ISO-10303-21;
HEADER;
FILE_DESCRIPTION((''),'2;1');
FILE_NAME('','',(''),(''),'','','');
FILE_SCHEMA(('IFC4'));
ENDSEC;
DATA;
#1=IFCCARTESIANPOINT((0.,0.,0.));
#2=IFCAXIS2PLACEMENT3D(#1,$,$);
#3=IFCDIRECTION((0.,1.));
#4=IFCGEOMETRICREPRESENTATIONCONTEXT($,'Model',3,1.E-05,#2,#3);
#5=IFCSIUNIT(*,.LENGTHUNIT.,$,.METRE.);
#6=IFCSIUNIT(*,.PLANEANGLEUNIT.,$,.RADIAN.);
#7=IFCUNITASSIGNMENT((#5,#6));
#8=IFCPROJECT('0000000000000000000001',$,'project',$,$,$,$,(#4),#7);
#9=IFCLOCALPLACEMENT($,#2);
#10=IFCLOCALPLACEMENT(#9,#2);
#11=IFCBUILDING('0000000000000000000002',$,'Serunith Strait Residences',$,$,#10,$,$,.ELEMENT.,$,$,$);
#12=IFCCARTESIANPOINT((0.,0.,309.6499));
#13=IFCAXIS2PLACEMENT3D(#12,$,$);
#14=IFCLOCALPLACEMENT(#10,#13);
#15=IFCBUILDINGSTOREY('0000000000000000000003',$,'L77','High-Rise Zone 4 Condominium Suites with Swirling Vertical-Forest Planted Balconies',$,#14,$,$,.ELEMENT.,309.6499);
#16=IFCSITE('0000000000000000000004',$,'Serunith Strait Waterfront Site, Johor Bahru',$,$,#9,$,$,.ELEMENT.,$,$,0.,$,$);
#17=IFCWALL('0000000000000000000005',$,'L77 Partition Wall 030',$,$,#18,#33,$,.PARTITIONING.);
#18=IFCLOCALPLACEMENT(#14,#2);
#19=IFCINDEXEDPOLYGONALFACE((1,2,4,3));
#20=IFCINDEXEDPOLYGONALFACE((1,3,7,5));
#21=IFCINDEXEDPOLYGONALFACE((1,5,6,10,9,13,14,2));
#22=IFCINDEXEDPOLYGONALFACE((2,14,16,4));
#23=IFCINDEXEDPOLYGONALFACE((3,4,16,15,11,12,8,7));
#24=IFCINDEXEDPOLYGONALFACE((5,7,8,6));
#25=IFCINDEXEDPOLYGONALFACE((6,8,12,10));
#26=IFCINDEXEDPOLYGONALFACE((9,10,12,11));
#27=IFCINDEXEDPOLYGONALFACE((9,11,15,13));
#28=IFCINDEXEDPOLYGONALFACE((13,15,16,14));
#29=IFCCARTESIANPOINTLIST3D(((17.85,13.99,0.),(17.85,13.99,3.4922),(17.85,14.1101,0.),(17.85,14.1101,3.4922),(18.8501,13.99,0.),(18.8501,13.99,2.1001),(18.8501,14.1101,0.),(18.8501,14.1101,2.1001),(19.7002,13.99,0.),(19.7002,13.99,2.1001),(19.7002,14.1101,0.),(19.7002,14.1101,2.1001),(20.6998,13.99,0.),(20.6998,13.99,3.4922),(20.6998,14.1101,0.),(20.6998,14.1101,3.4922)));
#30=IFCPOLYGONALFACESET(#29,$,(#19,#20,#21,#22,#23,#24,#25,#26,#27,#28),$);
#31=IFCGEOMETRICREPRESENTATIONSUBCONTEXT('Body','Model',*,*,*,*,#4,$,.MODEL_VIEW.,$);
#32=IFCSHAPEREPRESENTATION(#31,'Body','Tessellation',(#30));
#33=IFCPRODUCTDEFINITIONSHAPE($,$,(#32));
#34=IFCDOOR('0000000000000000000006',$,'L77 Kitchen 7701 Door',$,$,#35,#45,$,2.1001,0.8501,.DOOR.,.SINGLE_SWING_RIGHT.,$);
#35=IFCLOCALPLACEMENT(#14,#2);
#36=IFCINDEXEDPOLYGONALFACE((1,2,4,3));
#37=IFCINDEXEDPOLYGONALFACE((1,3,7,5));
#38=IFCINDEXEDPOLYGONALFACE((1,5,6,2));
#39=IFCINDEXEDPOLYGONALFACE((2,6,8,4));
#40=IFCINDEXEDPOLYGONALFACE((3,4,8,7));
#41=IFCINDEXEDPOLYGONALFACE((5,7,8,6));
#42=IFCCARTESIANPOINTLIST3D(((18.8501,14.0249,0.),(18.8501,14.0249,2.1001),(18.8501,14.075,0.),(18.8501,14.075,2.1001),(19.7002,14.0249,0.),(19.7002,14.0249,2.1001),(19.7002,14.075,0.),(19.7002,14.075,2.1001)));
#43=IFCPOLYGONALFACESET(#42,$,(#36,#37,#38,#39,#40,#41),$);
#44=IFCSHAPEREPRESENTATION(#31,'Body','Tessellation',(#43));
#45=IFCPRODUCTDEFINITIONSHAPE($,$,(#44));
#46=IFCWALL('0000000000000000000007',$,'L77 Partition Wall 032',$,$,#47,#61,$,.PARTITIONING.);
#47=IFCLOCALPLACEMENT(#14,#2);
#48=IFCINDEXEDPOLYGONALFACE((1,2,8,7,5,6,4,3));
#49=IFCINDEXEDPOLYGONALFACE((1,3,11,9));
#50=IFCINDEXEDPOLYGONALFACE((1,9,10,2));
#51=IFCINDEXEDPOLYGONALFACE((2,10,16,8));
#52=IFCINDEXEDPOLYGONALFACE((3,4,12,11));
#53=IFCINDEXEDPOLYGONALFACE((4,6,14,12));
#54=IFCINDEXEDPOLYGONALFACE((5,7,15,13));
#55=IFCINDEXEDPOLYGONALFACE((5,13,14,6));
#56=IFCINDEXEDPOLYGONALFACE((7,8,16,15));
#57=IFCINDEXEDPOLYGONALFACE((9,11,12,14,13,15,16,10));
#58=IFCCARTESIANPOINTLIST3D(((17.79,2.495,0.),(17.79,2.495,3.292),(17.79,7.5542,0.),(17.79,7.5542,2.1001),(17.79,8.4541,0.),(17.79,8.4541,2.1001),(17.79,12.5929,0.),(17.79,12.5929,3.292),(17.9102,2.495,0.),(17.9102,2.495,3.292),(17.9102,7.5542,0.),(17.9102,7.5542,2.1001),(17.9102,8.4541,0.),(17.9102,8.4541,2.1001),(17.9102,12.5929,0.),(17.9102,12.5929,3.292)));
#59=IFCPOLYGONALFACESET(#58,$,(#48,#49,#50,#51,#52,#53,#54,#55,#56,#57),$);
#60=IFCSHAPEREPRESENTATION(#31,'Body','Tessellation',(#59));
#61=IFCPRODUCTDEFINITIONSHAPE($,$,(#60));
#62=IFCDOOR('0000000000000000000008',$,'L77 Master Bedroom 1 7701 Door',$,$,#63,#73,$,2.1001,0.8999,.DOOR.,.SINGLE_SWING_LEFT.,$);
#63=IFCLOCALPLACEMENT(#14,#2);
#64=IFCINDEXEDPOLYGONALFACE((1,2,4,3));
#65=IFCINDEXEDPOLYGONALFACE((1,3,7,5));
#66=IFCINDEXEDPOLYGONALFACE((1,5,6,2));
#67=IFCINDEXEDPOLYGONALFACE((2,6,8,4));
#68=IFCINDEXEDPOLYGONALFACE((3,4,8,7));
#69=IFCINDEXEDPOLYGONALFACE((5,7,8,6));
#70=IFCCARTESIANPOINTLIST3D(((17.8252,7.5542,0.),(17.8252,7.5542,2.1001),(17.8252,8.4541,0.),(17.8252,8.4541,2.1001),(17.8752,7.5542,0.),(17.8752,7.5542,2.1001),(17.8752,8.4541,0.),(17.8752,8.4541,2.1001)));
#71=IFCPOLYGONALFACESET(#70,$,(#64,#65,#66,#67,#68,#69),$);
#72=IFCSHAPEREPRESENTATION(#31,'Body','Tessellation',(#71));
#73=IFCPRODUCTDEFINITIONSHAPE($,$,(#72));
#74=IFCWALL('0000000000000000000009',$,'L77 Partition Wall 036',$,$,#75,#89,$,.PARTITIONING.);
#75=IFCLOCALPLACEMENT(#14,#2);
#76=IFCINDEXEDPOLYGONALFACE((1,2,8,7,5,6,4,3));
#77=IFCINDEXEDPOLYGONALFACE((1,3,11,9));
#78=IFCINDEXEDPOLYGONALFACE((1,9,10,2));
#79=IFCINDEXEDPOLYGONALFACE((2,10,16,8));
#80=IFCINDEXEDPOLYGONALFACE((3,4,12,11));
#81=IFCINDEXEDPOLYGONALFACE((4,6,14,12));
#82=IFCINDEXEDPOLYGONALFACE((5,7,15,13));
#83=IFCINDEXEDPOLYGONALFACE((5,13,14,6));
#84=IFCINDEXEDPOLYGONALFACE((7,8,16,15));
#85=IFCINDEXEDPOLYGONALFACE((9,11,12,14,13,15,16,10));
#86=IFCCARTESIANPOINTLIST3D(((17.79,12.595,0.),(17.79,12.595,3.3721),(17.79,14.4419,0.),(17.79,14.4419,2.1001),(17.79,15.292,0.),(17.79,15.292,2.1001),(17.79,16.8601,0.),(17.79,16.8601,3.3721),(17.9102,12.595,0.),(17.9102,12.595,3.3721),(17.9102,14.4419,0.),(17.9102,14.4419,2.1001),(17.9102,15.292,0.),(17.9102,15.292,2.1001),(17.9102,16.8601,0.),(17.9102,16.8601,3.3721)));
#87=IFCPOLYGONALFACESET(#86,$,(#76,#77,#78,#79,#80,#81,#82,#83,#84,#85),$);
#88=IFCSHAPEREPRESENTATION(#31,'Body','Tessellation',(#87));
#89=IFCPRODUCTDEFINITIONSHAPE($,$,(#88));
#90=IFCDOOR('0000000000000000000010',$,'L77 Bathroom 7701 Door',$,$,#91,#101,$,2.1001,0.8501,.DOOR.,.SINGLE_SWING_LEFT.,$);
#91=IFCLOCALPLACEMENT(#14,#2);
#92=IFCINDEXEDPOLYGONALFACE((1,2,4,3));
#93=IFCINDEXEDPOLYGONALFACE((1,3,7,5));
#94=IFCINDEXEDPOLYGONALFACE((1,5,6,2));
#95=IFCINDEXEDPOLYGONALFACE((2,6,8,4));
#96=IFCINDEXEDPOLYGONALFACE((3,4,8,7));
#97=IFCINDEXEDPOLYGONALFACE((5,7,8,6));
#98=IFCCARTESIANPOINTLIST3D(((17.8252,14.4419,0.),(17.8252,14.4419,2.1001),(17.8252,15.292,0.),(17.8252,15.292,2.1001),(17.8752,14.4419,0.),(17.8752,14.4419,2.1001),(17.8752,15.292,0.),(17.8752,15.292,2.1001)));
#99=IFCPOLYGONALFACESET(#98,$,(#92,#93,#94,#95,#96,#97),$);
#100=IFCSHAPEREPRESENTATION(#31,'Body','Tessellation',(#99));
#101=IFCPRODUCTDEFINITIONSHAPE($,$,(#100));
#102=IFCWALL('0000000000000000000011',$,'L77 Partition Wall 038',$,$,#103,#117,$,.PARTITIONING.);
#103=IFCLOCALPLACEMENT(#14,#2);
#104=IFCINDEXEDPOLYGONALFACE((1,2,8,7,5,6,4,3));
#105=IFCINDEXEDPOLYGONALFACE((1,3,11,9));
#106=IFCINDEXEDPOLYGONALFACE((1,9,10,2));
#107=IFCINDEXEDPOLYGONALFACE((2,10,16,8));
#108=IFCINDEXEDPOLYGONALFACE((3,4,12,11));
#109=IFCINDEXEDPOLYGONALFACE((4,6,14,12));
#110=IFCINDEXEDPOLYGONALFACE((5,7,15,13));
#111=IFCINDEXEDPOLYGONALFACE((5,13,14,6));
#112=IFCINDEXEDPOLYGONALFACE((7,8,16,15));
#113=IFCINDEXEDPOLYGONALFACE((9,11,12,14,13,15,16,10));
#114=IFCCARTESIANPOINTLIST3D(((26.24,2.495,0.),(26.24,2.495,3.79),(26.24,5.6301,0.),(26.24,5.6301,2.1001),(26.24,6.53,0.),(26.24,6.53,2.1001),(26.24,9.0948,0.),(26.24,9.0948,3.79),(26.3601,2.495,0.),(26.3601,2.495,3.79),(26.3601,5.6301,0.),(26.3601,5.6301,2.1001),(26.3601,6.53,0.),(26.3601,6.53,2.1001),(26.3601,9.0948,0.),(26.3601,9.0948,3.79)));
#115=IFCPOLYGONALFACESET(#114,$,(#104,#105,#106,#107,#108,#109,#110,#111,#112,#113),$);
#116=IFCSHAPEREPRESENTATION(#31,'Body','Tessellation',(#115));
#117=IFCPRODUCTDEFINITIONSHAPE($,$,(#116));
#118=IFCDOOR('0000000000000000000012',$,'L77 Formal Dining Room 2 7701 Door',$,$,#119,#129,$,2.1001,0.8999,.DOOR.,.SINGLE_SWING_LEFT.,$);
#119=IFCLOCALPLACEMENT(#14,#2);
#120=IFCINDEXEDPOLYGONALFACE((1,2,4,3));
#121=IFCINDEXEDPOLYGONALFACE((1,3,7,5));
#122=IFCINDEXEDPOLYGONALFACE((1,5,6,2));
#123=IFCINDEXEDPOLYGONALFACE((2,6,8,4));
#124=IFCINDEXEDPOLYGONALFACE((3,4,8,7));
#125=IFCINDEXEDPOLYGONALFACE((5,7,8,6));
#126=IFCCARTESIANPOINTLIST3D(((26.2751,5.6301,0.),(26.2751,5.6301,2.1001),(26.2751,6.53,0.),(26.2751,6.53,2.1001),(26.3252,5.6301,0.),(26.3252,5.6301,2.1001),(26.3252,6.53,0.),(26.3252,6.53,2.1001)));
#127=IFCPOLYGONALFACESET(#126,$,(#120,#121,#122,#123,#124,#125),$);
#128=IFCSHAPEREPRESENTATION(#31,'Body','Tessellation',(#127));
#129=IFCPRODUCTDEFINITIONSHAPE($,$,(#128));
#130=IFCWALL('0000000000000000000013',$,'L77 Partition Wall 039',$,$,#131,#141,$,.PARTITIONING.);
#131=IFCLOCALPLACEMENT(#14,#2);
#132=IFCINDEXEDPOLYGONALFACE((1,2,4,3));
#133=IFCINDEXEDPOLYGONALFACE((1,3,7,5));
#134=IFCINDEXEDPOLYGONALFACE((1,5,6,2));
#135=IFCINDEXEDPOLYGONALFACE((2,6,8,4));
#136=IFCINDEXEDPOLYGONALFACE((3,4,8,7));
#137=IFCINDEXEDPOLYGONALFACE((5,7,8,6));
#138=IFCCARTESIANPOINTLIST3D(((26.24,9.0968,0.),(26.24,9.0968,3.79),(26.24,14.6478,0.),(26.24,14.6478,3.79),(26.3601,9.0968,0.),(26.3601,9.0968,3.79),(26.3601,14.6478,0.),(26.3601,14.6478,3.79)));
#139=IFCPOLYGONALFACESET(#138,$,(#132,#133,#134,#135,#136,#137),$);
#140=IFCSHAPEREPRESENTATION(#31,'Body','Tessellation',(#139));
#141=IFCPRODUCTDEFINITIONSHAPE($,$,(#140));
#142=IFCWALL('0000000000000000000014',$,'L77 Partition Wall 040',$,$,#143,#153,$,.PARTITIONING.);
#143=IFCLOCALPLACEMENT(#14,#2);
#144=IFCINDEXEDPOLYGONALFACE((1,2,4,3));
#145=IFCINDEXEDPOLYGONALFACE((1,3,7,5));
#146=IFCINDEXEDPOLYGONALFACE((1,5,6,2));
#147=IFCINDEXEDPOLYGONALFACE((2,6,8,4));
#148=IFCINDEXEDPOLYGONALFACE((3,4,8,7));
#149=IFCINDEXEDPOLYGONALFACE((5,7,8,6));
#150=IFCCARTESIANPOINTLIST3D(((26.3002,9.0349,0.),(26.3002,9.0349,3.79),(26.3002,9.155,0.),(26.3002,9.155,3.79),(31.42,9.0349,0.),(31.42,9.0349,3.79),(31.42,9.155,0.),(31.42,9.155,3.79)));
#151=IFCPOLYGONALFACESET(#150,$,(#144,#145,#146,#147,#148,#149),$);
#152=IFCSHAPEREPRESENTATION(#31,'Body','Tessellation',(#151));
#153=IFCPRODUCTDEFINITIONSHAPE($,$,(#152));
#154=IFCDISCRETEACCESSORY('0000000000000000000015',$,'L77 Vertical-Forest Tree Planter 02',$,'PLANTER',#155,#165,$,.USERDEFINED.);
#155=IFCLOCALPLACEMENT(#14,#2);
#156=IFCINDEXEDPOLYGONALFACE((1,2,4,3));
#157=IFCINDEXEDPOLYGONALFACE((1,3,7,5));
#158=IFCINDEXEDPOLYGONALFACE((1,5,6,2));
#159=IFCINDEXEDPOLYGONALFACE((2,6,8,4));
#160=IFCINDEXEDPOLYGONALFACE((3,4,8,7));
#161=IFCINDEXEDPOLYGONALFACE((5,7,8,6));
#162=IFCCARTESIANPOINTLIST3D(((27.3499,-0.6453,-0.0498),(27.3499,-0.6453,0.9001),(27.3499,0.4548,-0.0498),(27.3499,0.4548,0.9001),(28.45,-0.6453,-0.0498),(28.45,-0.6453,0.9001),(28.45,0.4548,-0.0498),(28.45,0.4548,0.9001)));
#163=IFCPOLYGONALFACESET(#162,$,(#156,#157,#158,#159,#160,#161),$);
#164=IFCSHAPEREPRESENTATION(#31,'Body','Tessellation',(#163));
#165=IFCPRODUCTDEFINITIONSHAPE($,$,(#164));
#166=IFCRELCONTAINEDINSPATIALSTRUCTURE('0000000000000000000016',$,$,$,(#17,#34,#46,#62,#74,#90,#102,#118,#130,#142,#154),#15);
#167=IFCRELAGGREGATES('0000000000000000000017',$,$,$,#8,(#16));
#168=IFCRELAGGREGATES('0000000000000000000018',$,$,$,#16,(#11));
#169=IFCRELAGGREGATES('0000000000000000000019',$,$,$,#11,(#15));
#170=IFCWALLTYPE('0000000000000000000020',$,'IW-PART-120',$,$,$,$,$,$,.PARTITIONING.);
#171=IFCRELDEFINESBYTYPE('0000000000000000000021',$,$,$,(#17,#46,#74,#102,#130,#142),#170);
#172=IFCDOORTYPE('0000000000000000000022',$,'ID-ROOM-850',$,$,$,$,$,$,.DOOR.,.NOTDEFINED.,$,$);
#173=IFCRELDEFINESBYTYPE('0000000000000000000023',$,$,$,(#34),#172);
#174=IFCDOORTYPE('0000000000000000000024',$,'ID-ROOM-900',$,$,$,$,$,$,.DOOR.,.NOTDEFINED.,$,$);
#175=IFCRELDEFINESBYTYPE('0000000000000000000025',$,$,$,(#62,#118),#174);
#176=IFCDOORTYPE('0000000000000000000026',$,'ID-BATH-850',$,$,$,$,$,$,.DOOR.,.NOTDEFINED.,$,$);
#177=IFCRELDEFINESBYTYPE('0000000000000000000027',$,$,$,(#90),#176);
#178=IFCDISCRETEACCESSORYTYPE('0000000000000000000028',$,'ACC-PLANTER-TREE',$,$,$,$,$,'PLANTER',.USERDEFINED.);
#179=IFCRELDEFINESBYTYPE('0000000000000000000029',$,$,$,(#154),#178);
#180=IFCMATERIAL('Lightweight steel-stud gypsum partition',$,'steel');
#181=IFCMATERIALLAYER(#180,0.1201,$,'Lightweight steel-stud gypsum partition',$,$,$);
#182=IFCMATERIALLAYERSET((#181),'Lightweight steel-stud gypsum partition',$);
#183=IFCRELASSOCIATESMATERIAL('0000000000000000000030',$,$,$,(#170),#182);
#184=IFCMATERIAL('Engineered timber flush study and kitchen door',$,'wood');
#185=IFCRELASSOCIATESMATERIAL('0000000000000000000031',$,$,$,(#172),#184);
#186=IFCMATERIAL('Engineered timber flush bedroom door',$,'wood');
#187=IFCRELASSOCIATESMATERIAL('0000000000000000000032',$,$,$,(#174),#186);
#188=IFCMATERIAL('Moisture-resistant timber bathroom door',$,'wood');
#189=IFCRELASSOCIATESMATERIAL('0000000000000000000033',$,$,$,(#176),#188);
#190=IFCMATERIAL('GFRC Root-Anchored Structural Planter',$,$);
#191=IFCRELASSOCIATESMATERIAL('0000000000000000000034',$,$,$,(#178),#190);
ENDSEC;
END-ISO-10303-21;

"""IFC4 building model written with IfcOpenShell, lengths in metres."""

from ifc_helpers import new_model, si_unit, direction, frame, frame_2d, origin, origin_2d, place, context, subcontext, project, spatial, rectangle, extrude, source, transform, mapped, material, layer, layer_set, type_object, element, fill, save


model = new_model("IFC4")

# Units and contexts
model_context = context("Model", 3, precision=1e-05, world=origin(), true_north=direction((0.0, 1.0)))
body_context = subcontext(model_context, "Body", "Model", "MODEL_VIEW")
ifc_project = project(units=[si_unit("LENGTHUNIT", "METRE"), si_unit("PLANEANGLEUNIT", "RADIAN")], contexts=[model_context])

# Site, building, storey
site_placement = place(None, origin())
site = spatial("IfcSite", under=ifc_project, at=site_placement, Name="Serunith Strait Waterfront Site, Johor Bahru", CompositionType="ELEMENT", RefElevation=0.0)
building_placement = place(site_placement, origin())
building = spatial("IfcBuilding", under=site, at=building_placement, Name="Serunith Strait Residences", CompositionType="ELEMENT")
storey_placement = place(building_placement, frame((0.0, 0.0, 309.6499)))
storey = spatial("IfcBuildingStorey", under=building, at=storey_placement, Name="L77", Description="High-Rise Zone 4 Condominium Suites with Swirling Vertical-Forest Planted Balconies", CompositionType="ELEMENT", Elevation=309.6499)

# Walls, openings, doors
ifc_material_1 = material(Name="Lightweight steel-stud gypsum partition", Category="steel")
ifc_layer_1 = layer(ifc_material_1, 0.1201, Name="Lightweight steel-stud gypsum partition")
ifc_layer_set_1 = layer_set([ifc_layer_1], Name="Lightweight steel-stud gypsum partition")
wall_type = type_object("IfcWallType", Name="IW-PART-120", PredefinedType="PARTITIONING", material=ifc_layer_set_1)
wall_1_placement = place(storey_placement, frame((17.8501, 14.05, 0.0), z_axis=(0.0, 0.0, 1.0), x_axis=(1.0, 0.0, 0.0)))
wall_1 = element("IfcWall", 1, at=wall_1_placement, inside=storey, type_object=wall_type, Name="L77 Partition Wall 030", PredefinedType="PARTITIONING", context=body_context, shape_type="SweptSolid", body=[
    extrude(rectangle(XDim=2.8499, YDim=0.1201, at=frame_2d((1.4248, 0.0))), origin(), (0.0, 0.0, 1.0), 3.4922),
])
opening_1_placement = place(wall_1_placement, frame((1.0, 0.0, 0.0)))
opening_1 = element("IfcOpeningElement", 2, at=opening_1_placement, cuts=wall_1, PredefinedType="OPENING", context=body_context, shape_type="SweptSolid", body=[
    extrude(rectangle(XDim=0.8501, YDim=2.1001, at=frame_2d((0.425, 1.05))), frame((0.0, 0.0701, 0.0), z_axis=(0.0, -1.0, 0.0), x_axis=(1.0, 0.0, 0.0)), (0.0, 0.0, 1.0), 0.1401),
])
ifc_material_2 = material(Name="Engineered timber flush study and kitchen door", Category="wood")
door_type_1 = type_object("IfcDoorType", Name="ID-ROOM-850", OperationType="NOTDEFINED", PredefinedType="DOOR", material=ifc_material_2)
shared_shape_1 = source(origin(), body_context, "Body", "SweptSolid", [
    extrude(rectangle(XDim=0.8501, YDim=2.1001, at=frame_2d((0.425, 1.05))), frame((0.0, 0.0249, 0.0), z_axis=(0.0, -1.0, 0.0), x_axis=(1.0, 0.0, 0.0)), (0.0, 0.0, 1.0), 0.05),
])
door_1_placement = place(opening_1_placement, origin())
door_1 = element("IfcDoor", 3, at=door_1_placement, inside=storey, type_object=door_type_1, Name="L77 Kitchen 7701 Door", OperationType="SINGLE_SWING_RIGHT", OverallHeight=2.1001, OverallWidth=0.8501, PredefinedType="DOOR", context=body_context, shape_type="MappedRepresentation", body=[
    mapped(shared_shape_1, transform((0.0, 0.0, 0.0), scale=1.0)),
])
fill(opening_1, door_1)
wall_2_placement = place(storey_placement, frame((17.8501, 2.4951, 0.0), z_axis=(0.0, 0.0, 1.0), x_axis=(0.0, 1.0, 0.0)))
wall_2 = element("IfcWall", 4, at=wall_2_placement, inside=storey, type_object=wall_type, Name="L77 Partition Wall 032", PredefinedType="PARTITIONING", context=body_context, shape_type="SweptSolid", body=[
    extrude(rectangle(XDim=10.0979, YDim=0.1201, at=frame_2d((5.0488, 0.0))), origin(), (0.0, 0.0, 1.0), 3.292),
])
opening_2_placement = place(wall_2_placement, frame((5.0591, 0.0, 0.0)))
opening_2 = element("IfcOpeningElement", 5, at=opening_2_placement, cuts=wall_2, PredefinedType="OPENING", context=body_context, shape_type="SweptSolid", body=[
    extrude(rectangle(XDim=0.8999, YDim=2.1001, at=frame_2d((0.45, 1.05))), frame((0.0, 0.0701, 0.0), z_axis=(0.0, -1.0, 0.0), x_axis=(1.0, 0.0, 0.0)), (0.0, 0.0, 1.0), 0.1401),
])
ifc_material_3 = material(Name="Engineered timber flush bedroom door", Category="wood")
door_type_2 = type_object("IfcDoorType", Name="ID-ROOM-900", OperationType="NOTDEFINED", PredefinedType="DOOR", material=ifc_material_3)
shared_shape_2 = source(origin(), body_context, "Body", "SweptSolid", [
    extrude(rectangle(XDim=0.8999, YDim=2.1001, at=frame_2d((0.45, 1.05))), frame((0.0, 0.0249, 0.0), z_axis=(0.0, -1.0, 0.0), x_axis=(1.0, 0.0, 0.0)), (0.0, 0.0, 1.0), 0.05),
])
door_2_placement = place(opening_2_placement, origin())
door_2 = element("IfcDoor", 6, at=door_2_placement, inside=storey, type_object=door_type_2, Name="L77 Master Bedroom 1 7701 Door", OperationType="SINGLE_SWING_LEFT", OverallHeight=2.1001, OverallWidth=0.8999, PredefinedType="DOOR", context=body_context, shape_type="MappedRepresentation", body=[
    mapped(shared_shape_2, transform((0.0, 0.0, 0.0), scale=1.0)),
])
fill(opening_2, door_2)
wall_3_placement = place(storey_placement, frame((17.8501, 12.595, 0.0), z_axis=(0.0, 0.0, 1.0), x_axis=(0.0, 1.0, 0.0)))
wall_3 = element("IfcWall", 7, at=wall_3_placement, inside=storey, type_object=wall_type, Name="L77 Partition Wall 036", PredefinedType="PARTITIONING", context=body_context, shape_type="SweptSolid", body=[
    extrude(rectangle(XDim=4.2651, YDim=0.1201, at=frame_2d((2.1326, 0.0))), origin(), (0.0, 0.0, 1.0), 3.3721),
])
opening_3_placement = place(wall_3_placement, frame((1.8469, 0.0, 0.0)))
opening_3 = element("IfcOpeningElement", 8, at=opening_3_placement, cuts=wall_3, PredefinedType="OPENING", context=body_context, shape_type="SweptSolid", body=[
    extrude(rectangle(XDim=0.8501, YDim=2.1001, at=frame_2d((0.425, 1.05))), frame((0.0, 0.0701, 0.0), z_axis=(0.0, -1.0, 0.0), x_axis=(1.0, 0.0, 0.0)), (0.0, 0.0, 1.0), 0.1401),
])
ifc_material_4 = material(Name="Moisture-resistant timber bathroom door", Category="wood")
door_type_3 = type_object("IfcDoorType", Name="ID-BATH-850", OperationType="NOTDEFINED", PredefinedType="DOOR", material=ifc_material_4)
door_3_placement = place(opening_3_placement, origin())
door_3 = element("IfcDoor", 9, at=door_3_placement, inside=storey, type_object=door_type_3, Name="L77 Bathroom 7701 Door", OperationType="SINGLE_SWING_LEFT", OverallHeight=2.1001, OverallWidth=0.8501, PredefinedType="DOOR", context=body_context, shape_type="MappedRepresentation", body=[
    mapped(shared_shape_1, transform((0.0, 0.0, 0.0), scale=1.0)),
])
fill(opening_3, door_3)
wall_4_placement = place(storey_placement, frame((26.3, 2.4951, 0.0), z_axis=(0.0, 0.0, 1.0), x_axis=(0.0, 1.0, 0.0)))
wall_4 = element("IfcWall", 10, at=wall_4_placement, inside=storey, type_object=wall_type, Name="L77 Partition Wall 038", PredefinedType="PARTITIONING", context=body_context, shape_type="SweptSolid", body=[
    extrude(rectangle(XDim=6.5999, YDim=0.1201, at=frame_2d((3.2998, 0.0))), origin(), (0.0, 0.0, 1.0), 3.79),
])
opening_4_placement = place(wall_4_placement, frame((3.135, 0.0, 0.0)))
opening_4 = element("IfcOpeningElement", 11, at=opening_4_placement, cuts=wall_4, PredefinedType="OPENING", context=body_context, shape_type="SweptSolid", body=[
    extrude(rectangle(XDim=0.8999, YDim=2.1001, at=frame_2d((0.45, 1.05))), frame((0.0, 0.0701, 0.0), z_axis=(0.0, -1.0, 0.0), x_axis=(1.0, 0.0, 0.0)), (0.0, 0.0, 1.0), 0.1401),
])
door_4_placement = place(opening_4_placement, origin())
door_4 = element("IfcDoor", 12, at=door_4_placement, inside=storey, type_object=door_type_2, Name="L77 Formal Dining Room 2 7701 Door", OperationType="SINGLE_SWING_LEFT", OverallHeight=2.1001, OverallWidth=0.8999, PredefinedType="DOOR", context=body_context, shape_type="MappedRepresentation", body=[
    mapped(shared_shape_2, transform((0.0, 0.0, 0.0), scale=1.0)),
])
fill(opening_4, door_4)

# Walls
wall_5_placement = place(storey_placement, frame((26.3, 9.0969, 0.0), z_axis=(0.0, 0.0, 1.0), x_axis=(0.0, 1.0, 0.0)))
element("IfcWall", 13, at=wall_5_placement, inside=storey, type_object=wall_type, Name="L77 Partition Wall 039", PredefinedType="PARTITIONING", context=body_context, shape_type="SweptSolid", body=[
    extrude(rectangle(XDim=5.551, YDim=0.1201, at=frame_2d((2.7754, 0.0))), origin(), (0.0, 0.0, 1.0), 3.79),
])
wall_6_placement = place(storey_placement, frame((26.3, 9.095, 0.0), z_axis=(0.0, 0.0, 1.0), x_axis=(1.0, 0.0, 0.0)))
element("IfcWall", 14, at=wall_6_placement, inside=storey, type_object=wall_type, Name="L77 Partition Wall 040", PredefinedType="PARTITIONING", context=body_context, shape_type="SweptSolid", body=[
    extrude(rectangle(XDim=5.1199, YDim=0.1201, at=frame_2d((2.5601, 0.0))), origin(), (0.0, 0.0, 1.0), 3.79),
])

# Discrete accessory
ifc_material_5 = material(Name="GFRC Root-Anchored Structural Planter")
discrete_accessory_type = type_object("IfcDiscreteAccessoryType", Name="ACC-PLANTER-TREE", ElementType="PLANTER", PredefinedType="USERDEFINED", material=ifc_material_5)
shared_shape_3 = source(origin(), body_context, "Body", "SweptSolid", [
    extrude(rectangle(XDim=1.1001, YDim=1.1001, at=origin_2d()), origin(), (0.0, 0.0, 1.0), 0.95),
])
discrete_accessory_placement = place(storey_placement, frame((27.8999, -0.0952, -0.0498), z_axis=(0.0, 0.0, 1.0), x_axis=(1.0, 0.0, 0.0)))
element("IfcDiscreteAccessory", 15, at=discrete_accessory_placement, inside=storey, type_object=discrete_accessory_type, Name="L77 Vertical-Forest Tree Planter 02", ObjectType="PLANTER", PredefinedType="USERDEFINED", context=body_context, shape_type="MappedRepresentation", body=[
    mapped(shared_shape_3, transform((0.0, 0.0, 0.0), scale=1.0)),
])

save(model, "model.ifc")
